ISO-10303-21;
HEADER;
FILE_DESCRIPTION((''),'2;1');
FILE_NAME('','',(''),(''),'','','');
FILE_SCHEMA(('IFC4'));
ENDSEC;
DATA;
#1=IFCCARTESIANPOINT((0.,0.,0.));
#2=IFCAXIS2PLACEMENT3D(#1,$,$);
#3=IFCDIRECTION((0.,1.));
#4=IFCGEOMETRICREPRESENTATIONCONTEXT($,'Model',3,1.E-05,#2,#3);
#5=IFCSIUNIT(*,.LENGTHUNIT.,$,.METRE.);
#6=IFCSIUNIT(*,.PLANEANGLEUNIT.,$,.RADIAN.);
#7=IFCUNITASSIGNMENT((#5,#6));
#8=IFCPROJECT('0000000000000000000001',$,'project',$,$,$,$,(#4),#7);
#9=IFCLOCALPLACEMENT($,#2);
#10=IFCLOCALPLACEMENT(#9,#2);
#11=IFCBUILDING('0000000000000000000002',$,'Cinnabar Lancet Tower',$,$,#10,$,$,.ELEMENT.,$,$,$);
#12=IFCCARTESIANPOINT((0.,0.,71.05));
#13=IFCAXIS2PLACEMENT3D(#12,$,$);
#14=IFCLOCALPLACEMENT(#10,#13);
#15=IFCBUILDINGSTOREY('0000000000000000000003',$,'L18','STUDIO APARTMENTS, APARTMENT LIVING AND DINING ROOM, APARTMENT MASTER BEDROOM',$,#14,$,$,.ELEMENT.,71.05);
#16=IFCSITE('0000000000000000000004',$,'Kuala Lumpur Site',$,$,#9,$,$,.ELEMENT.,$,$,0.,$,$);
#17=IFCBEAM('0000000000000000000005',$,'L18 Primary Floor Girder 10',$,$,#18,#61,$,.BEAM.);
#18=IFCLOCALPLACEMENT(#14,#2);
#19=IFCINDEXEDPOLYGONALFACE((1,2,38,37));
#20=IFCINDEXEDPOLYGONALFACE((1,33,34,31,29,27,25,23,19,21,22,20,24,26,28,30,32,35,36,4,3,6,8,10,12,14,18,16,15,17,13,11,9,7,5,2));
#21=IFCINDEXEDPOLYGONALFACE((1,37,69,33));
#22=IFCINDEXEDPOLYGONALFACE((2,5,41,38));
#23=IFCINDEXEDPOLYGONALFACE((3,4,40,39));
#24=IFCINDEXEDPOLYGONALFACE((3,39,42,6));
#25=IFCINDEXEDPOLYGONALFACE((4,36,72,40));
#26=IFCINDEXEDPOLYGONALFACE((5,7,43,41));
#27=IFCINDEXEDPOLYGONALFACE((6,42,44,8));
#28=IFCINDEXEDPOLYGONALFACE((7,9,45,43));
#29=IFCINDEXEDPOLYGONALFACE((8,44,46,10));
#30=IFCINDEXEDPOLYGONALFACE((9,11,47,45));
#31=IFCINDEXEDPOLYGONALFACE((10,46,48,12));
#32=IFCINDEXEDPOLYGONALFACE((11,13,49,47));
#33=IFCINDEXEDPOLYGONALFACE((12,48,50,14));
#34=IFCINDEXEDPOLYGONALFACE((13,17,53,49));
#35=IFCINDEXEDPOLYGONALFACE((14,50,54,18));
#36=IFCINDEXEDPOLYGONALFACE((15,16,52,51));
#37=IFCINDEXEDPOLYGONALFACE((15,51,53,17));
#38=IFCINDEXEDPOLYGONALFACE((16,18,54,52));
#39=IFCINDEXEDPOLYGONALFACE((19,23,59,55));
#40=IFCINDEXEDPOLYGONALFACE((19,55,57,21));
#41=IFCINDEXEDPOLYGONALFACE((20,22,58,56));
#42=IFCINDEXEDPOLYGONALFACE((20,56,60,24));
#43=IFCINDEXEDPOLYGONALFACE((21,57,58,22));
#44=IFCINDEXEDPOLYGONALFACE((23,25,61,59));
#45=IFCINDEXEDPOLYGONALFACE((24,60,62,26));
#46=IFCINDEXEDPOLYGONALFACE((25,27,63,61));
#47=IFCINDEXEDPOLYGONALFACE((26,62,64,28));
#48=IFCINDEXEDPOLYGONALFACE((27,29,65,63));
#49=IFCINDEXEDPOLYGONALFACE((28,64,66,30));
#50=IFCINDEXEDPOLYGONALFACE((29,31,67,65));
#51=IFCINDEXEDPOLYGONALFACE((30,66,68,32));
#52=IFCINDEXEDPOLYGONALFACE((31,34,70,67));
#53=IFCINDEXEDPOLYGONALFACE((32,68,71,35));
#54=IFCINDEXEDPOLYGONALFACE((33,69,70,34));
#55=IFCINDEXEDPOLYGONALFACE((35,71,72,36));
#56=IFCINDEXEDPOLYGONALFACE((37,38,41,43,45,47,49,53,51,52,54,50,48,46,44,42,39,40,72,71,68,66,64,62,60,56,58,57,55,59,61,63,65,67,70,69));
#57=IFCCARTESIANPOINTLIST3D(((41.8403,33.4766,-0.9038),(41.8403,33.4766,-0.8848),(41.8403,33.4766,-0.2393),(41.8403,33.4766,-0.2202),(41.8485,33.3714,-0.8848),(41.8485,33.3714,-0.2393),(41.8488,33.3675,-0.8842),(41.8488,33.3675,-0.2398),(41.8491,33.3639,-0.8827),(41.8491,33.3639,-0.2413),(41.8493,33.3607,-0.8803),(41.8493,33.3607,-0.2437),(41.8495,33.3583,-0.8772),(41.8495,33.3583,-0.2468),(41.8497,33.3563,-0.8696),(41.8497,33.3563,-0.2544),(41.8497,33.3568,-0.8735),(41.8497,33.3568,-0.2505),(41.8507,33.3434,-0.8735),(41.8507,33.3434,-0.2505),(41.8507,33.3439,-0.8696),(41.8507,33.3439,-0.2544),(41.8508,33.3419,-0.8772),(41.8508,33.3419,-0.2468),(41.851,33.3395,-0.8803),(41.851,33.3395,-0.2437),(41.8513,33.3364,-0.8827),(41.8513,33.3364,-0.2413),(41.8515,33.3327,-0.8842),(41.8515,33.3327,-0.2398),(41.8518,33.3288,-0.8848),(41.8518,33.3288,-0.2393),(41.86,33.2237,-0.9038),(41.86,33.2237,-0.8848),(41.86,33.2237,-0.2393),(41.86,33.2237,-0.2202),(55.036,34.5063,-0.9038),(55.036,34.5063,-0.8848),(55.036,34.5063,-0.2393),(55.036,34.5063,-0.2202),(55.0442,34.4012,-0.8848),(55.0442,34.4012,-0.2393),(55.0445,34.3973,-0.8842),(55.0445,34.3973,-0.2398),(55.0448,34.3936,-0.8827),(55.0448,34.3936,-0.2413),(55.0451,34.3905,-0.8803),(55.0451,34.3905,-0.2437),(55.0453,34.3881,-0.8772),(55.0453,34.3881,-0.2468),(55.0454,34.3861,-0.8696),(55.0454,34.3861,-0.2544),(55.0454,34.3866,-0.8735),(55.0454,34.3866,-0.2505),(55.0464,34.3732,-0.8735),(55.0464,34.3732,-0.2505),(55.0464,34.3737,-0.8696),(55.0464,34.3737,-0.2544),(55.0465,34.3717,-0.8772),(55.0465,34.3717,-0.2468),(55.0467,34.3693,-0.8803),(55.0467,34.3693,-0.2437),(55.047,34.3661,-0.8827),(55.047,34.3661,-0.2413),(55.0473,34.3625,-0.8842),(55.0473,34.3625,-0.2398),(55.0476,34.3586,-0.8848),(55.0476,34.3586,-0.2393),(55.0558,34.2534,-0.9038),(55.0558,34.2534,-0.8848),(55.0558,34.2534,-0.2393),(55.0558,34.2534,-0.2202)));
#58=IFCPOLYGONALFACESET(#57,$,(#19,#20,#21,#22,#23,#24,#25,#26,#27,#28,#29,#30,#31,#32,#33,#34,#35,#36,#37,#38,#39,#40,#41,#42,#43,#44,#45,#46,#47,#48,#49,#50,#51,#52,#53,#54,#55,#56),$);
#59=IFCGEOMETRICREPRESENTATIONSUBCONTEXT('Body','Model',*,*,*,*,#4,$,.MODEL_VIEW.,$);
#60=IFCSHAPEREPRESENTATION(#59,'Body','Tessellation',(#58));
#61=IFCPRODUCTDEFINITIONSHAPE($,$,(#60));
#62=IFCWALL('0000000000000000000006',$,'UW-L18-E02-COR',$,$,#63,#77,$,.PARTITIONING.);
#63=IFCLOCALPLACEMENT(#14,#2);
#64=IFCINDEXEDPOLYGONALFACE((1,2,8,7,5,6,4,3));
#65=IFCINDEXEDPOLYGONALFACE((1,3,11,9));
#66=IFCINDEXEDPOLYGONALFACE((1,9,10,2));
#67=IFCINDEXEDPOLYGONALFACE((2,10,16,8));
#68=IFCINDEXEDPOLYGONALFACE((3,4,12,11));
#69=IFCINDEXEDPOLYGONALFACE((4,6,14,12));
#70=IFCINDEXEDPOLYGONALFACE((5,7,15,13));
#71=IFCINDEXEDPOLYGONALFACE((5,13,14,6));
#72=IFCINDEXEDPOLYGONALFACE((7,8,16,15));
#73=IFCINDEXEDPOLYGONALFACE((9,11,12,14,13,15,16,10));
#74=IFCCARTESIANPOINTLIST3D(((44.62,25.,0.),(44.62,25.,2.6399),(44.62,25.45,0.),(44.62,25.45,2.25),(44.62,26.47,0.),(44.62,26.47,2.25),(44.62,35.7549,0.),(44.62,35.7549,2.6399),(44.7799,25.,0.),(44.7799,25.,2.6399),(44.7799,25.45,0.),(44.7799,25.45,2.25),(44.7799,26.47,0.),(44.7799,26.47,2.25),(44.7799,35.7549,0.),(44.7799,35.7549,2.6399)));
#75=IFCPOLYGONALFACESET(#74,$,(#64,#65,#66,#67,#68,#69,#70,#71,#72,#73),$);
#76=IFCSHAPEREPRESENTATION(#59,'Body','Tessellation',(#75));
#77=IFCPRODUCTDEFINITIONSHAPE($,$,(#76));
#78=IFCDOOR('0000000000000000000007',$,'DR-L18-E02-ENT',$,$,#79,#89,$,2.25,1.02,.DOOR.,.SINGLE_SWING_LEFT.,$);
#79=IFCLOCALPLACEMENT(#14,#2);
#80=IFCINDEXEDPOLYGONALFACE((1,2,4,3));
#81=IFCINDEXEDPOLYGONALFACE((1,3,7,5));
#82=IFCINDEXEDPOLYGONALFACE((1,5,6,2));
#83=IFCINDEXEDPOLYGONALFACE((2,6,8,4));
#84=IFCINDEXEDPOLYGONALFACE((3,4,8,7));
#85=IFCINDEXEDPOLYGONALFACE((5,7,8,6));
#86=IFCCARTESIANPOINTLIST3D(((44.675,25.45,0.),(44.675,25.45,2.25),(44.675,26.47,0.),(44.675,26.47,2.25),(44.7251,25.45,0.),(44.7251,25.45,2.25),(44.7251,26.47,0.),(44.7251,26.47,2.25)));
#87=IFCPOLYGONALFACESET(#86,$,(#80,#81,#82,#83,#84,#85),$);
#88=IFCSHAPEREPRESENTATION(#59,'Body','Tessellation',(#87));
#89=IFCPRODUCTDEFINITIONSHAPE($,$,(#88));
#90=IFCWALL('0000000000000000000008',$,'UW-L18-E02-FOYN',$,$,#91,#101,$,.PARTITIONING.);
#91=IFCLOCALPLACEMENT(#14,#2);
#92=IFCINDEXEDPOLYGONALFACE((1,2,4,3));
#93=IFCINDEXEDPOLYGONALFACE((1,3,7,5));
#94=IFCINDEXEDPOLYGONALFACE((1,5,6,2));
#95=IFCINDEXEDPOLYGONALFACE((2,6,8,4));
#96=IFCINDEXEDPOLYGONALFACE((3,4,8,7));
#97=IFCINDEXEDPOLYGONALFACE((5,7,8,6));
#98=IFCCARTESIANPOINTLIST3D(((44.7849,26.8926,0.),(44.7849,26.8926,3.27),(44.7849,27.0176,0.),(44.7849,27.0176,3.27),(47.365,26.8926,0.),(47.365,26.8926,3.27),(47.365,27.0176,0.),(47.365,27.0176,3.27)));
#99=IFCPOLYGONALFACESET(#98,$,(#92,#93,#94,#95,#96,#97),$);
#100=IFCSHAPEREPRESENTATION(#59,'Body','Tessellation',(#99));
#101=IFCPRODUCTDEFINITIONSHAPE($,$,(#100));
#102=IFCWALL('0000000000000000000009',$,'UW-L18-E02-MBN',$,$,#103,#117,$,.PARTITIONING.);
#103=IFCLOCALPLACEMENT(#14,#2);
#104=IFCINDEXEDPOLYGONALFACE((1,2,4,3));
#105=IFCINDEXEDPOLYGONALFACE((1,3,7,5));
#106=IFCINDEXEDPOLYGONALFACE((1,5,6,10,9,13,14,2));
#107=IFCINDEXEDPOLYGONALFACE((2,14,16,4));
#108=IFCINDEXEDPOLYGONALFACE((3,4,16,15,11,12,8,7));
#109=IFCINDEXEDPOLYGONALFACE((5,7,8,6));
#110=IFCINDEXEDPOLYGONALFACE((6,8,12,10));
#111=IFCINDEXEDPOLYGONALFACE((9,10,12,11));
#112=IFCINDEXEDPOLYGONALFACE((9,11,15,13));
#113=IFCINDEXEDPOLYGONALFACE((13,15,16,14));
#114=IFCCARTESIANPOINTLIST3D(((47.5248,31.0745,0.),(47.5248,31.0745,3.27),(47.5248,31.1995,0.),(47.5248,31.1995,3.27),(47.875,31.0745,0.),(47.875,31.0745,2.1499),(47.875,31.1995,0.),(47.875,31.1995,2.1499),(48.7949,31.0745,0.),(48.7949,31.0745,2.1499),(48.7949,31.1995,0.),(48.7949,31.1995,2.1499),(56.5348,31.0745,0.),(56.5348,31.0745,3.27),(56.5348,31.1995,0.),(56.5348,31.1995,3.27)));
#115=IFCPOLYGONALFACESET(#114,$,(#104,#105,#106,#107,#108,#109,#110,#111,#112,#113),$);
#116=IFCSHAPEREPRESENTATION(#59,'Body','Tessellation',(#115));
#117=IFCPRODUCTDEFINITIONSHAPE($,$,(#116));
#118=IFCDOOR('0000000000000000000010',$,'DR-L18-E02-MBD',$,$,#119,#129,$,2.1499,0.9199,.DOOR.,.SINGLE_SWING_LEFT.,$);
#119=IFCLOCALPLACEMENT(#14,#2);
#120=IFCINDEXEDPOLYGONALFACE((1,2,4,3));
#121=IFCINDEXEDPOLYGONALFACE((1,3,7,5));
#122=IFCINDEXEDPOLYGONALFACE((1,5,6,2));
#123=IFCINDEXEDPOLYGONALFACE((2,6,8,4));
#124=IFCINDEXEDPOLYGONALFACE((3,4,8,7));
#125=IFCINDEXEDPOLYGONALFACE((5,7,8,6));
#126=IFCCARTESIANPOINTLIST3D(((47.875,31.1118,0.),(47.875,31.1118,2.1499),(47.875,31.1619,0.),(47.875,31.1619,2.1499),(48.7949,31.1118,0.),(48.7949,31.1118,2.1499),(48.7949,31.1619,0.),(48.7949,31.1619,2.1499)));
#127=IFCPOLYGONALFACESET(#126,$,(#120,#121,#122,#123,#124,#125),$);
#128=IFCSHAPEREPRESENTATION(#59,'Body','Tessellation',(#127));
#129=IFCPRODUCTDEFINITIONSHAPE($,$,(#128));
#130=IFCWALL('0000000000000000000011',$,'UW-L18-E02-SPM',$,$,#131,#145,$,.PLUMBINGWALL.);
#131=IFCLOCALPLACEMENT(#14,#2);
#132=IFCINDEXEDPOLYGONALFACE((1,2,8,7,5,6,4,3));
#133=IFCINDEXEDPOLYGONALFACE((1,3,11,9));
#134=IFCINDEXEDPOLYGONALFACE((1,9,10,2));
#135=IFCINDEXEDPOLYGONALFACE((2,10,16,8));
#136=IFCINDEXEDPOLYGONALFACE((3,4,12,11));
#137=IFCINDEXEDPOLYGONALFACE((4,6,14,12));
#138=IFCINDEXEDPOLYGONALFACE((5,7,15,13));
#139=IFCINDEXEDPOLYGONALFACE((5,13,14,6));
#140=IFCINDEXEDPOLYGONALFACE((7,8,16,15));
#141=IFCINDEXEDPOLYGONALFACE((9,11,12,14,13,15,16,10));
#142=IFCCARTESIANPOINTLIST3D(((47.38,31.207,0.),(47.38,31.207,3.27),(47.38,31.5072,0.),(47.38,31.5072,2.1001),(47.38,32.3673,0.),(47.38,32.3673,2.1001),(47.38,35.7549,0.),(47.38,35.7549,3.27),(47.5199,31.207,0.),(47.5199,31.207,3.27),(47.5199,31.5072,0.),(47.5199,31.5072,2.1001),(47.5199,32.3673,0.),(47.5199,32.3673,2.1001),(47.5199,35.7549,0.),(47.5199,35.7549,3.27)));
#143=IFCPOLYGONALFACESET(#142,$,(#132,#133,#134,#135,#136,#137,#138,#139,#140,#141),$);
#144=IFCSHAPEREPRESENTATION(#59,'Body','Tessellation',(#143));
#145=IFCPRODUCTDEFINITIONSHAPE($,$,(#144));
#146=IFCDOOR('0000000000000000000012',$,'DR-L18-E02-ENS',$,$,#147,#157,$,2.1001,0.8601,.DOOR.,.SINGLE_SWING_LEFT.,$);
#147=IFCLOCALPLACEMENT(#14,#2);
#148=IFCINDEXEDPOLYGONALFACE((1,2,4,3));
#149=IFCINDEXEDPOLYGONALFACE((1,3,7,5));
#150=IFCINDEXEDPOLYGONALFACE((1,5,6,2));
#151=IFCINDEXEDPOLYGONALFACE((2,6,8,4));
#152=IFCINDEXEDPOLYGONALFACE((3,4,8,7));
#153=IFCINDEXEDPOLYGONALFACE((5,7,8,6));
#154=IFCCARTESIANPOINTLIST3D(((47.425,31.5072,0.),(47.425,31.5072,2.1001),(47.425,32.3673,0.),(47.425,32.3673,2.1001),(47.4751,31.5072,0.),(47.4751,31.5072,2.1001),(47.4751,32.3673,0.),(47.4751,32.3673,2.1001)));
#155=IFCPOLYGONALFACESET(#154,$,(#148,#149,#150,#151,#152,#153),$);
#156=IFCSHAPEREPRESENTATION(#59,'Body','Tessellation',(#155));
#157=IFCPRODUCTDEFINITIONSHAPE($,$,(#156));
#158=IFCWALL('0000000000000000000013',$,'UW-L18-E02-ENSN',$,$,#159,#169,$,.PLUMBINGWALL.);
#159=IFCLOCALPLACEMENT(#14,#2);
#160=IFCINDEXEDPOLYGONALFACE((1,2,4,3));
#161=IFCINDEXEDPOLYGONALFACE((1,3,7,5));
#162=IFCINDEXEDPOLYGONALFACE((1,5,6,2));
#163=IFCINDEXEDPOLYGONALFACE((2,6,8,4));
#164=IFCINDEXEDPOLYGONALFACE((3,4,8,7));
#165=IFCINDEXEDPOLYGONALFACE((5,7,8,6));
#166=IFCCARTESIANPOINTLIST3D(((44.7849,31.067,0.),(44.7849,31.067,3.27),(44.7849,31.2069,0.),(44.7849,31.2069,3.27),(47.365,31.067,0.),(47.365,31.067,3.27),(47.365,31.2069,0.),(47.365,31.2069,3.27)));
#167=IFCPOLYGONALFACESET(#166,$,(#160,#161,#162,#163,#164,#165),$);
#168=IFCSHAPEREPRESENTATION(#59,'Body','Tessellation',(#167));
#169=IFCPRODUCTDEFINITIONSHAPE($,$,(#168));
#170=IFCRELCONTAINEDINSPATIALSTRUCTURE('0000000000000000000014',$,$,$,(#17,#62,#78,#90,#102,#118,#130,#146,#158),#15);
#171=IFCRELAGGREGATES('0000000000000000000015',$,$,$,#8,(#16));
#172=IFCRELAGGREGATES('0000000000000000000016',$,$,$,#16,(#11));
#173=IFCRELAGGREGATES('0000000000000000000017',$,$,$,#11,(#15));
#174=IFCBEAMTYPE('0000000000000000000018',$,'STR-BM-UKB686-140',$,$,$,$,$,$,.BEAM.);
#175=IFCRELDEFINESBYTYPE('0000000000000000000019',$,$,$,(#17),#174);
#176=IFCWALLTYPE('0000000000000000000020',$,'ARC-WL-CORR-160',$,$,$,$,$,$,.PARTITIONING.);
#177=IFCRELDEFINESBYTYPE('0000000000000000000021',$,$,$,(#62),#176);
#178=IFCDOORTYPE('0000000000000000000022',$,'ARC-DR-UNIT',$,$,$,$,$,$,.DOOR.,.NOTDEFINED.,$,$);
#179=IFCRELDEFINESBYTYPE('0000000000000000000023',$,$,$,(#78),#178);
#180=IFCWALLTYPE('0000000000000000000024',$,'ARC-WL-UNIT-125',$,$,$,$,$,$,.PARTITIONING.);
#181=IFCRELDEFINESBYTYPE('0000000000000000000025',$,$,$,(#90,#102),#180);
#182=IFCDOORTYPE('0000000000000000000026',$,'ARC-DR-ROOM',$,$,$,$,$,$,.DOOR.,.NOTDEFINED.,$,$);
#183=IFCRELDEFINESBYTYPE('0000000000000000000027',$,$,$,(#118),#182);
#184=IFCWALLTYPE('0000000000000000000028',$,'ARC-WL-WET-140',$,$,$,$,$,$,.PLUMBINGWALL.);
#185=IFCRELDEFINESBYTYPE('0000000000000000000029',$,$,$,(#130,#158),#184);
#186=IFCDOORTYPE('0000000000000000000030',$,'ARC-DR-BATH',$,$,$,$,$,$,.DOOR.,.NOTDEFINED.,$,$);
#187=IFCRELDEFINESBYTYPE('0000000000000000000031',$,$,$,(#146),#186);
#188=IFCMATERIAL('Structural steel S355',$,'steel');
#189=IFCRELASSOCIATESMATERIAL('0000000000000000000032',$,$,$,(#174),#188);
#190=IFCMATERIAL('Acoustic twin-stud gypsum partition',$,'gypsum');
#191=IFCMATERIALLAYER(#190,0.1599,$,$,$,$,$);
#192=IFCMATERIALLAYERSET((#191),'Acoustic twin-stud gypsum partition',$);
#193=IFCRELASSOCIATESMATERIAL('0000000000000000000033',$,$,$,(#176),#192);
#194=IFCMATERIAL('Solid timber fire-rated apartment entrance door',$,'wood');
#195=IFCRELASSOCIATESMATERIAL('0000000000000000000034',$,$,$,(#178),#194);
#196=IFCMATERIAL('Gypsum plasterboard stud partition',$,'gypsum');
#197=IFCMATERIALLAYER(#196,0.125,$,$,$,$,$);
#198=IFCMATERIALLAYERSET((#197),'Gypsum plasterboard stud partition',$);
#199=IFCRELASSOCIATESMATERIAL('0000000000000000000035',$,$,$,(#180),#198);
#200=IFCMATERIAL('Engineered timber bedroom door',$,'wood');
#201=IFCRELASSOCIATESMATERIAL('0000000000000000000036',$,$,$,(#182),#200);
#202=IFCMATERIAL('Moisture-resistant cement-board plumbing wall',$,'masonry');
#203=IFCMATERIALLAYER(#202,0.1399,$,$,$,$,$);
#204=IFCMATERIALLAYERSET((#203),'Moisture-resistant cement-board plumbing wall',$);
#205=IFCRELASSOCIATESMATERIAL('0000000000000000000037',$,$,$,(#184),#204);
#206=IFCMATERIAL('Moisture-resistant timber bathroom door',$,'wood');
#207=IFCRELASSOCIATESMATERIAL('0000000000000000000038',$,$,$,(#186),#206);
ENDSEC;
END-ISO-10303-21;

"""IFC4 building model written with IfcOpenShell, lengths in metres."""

from ifc_helpers import new_model, si_unit, direction, frame, frame_2d, origin, origin_2d, place, context, subcontext, project, spatial, rectangle, i_section, extrude, material, layer, layer_set, material_profile, profile_set, type_object, element, fill, save


model = new_model("IFC4")

# Units and contexts
model_context = context("Model", 3, precision=1e-05, world=origin(), true_north=direction((0.0, 1.0)))
body_context = subcontext(model_context, "Body", "Model", "MODEL_VIEW")
ifc_project = project(units=[si_unit("LENGTHUNIT", "METRE"), si_unit("PLANEANGLEUNIT", "RADIAN")], contexts=[model_context])

# Site, building, storey
site_placement = place(None, origin())
site = spatial("IfcSite", under=ifc_project, at=site_placement, Name="Kuala Lumpur Site", CompositionType="ELEMENT", RefElevation=0.0)
building_placement = place(site_placement, origin())
building = spatial("IfcBuilding", under=site, at=building_placement, Name="Cinnabar Lancet Tower", CompositionType="ELEMENT")
storey_placement = place(building_placement, frame((0.0, 0.0, 71.05)))
storey = spatial("IfcBuildingStorey", under=building, at=storey_placement, Name="L18", Description="STUDIO APARTMENTS, APARTMENT LIVING AND DINING ROOM, APARTMENT MASTER BEDROOM", CompositionType="ELEMENT", Elevation=71.05)

# Beam
ifc_material_1 = material(Name="Structural steel S355", Category="steel")
ifc_material_profile_1 = material_profile(ifc_material_1, i_section(OverallWidth=0.2537, OverallDepth=0.6836, WebThickness=0.0125, FlangeThickness=0.019, FilletRadius=0.0151, at=origin_2d()), Name="UKB 686x254x140")
ifc_profile_set_1 = profile_set([ifc_material_profile_1], Name="Structural steel S355")
beam_type_1 = type_object("IfcBeamType", Name="STR-BM-UKB686-140", PredefinedType="BEAM", material=ifc_profile_set_1)
beam_1_placement = place(storey_placement, frame((55.0459, 34.3799, -0.562), z_axis=(-0.996969, -0.077802, 0.0), x_axis=(0.077802, -0.996969, 0.0)))
element("IfcBeam", 1, at=beam_1_placement, inside=storey, type_object=beam_type_1, Name="L18 Primary Floor Girder 10", PredefinedType="BEAM", context=body_context, shape_type="SweptSolid", body=[
    extrude(i_section(OverallWidth=0.2537, OverallDepth=0.6836, WebThickness=0.0125, FlangeThickness=0.019, FilletRadius=0.0151, at=origin_2d()), origin(), (0.0, 0.0, 1.0), 13.2358),
])

# Wall, opening, door
ifc_material_2 = material(Name="Acoustic twin-stud gypsum partition", Category="gypsum")
ifc_layer_1 = layer(ifc_material_2, 0.1599)
ifc_layer_set_1 = layer_set([ifc_layer_1], Name="Acoustic twin-stud gypsum partition")
wall_type_1 = type_object("IfcWallType", Name="ARC-WL-CORR-160", PredefinedType="PARTITIONING", material=ifc_layer_set_1)
wall_1_placement = place(storey_placement, frame((44.7, 25.0, 0.0), z_axis=(0.0, 0.0, 1.0), x_axis=(0.0, 1.0, 0.0)))
wall_1 = element("IfcWall", 2, at=wall_1_placement, inside=storey, type_object=wall_type_1, Name="UW-L18-E02-COR", PredefinedType="PARTITIONING", context=body_context, shape_type="SweptSolid", body=[
    extrude(rectangle(XDim=10.7549, YDim=0.1599, at=frame_2d((5.3774, 0.0))), origin(), (0.0, 0.0, 1.0), 2.6399),
])
opening_1_placement = place(wall_1_placement, frame((0.45, 0.0, 0.0)))
opening_1 = element("IfcOpeningElement", 3, at=opening_1_placement, cuts=wall_1, PredefinedType="OPENING", context=body_context, shape_type="SweptSolid", body=[
    extrude(rectangle(XDim=1.02, YDim=2.25, at=frame_2d((0.51, 1.125))), frame((0.0, 0.0898, 0.0), z_axis=(0.0, -1.0, 0.0), x_axis=(1.0, 0.0, 0.0)), (0.0, 0.0, 1.0), 0.1799),
])
ifc_material_3 = material(Name="Solid timber fire-rated apartment entrance door", Category="wood")
door_type_1 = type_object("IfcDoorType", Name="ARC-DR-UNIT", OperationType="NOTDEFINED", PredefinedType="DOOR", material=ifc_material_3)
door_1_placement = place(opening_1_placement, origin())
door_1 = element("IfcDoor", 4, at=door_1_placement, inside=storey, type_object=door_type_1, Name="DR-L18-E02-ENT", OperationType="SINGLE_SWING_LEFT", OverallHeight=2.25, OverallWidth=1.02, PredefinedType="DOOR", context=body_context, shape_type="SweptSolid", body=[
    extrude(rectangle(XDim=1.02, YDim=2.25, at=frame_2d((0.51, 1.125))), frame((0.0, 0.0249, 0.0), z_axis=(0.0, -1.0, 0.0), x_axis=(1.0, 0.0, 0.0)), (0.0, 0.0, 1.0), 0.05),
])
fill(opening_1, door_1)

# Wall
ifc_material_4 = material(Name="Gypsum plasterboard stud partition", Category="gypsum")
ifc_layer_2 = layer(ifc_material_4, 0.125)
ifc_layer_set_2 = layer_set([ifc_layer_2], Name="Gypsum plasterboard stud partition")
wall_type_2 = type_object("IfcWallType", Name="ARC-WL-UNIT-125", PredefinedType="PARTITIONING", material=ifc_layer_set_2)
wall_2_placement = place(storey_placement, frame((44.7849, 26.9551, 0.0), z_axis=(0.0, 0.0, 1.0), x_axis=(1.0, 0.0, 0.0)))
element("IfcWall", 5, at=wall_2_placement, inside=storey, type_object=wall_type_2, Name="UW-L18-E02-FOYN", PredefinedType="PARTITIONING", context=body_context, shape_type="SweptSolid", body=[
    extrude(rectangle(XDim=2.5801, YDim=0.125, at=frame_2d((1.29, 0.0))), origin(), (0.0, 0.0, 1.0), 3.27),
])

# Wall, opening, door
wall_3_placement = place(storey_placement, frame((47.5249, 31.137, 0.0), z_axis=(0.0, 0.0, 1.0), x_axis=(1.0, 0.0, 0.0)))
wall_3 = element("IfcWall", 6, at=wall_3_placement, inside=storey, type_object=wall_type_2, Name="UW-L18-E02-MBN", PredefinedType="PARTITIONING", context=body_context, shape_type="SweptSolid", body=[
    extrude(rectangle(XDim=9.01, YDim=0.125, at=frame_2d((4.5049, 0.0))), origin(), (0.0, 0.0, 1.0), 3.27),
])
opening_2_placement = place(wall_3_placement, frame((0.3501, 0.0, 0.0)))
opening_2 = element("IfcOpeningElement", 7, at=opening_2_placement, cuts=wall_3, PredefinedType="OPENING", context=body_context, shape_type="SweptSolid", body=[
    extrude(rectangle(XDim=0.9199, YDim=2.1499, at=frame_2d((0.46, 1.075))), frame((0.0, 0.0725, 0.0), z_axis=(0.0, -1.0, 0.0), x_axis=(1.0, 0.0, 0.0)), (0.0, 0.0, 1.0), 0.145),
])
ifc_material_5 = material(Name="Engineered timber bedroom door", Category="wood")
door_type_2 = type_object("IfcDoorType", Name="ARC-DR-ROOM", OperationType="NOTDEFINED", PredefinedType="DOOR", material=ifc_material_5)
door_2_placement = place(opening_2_placement, origin())
door_2 = element("IfcDoor", 8, at=door_2_placement, inside=storey, type_object=door_type_2, Name="DR-L18-E02-MBD", OperationType="SINGLE_SWING_LEFT", OverallHeight=2.1499, OverallWidth=0.9199, PredefinedType="DOOR", context=body_context, shape_type="SweptSolid", body=[
    extrude(rectangle(XDim=0.9199, YDim=2.1499, at=frame_2d((0.46, 1.075))), frame((0.0, 0.0249, 0.0), z_axis=(0.0, -1.0, 0.0), x_axis=(1.0, 0.0, 0.0)), (0.0, 0.0, 1.0), 0.05),
])
fill(opening_2, door_2)

# Shared definitions
ifc_material_6 = material(Name="Moisture-resistant cement-board plumbing wall", Category="masonry")
ifc_layer_3 = layer(ifc_material_6, 0.1399)
ifc_layer_set_3 = layer_set([ifc_layer_3], Name="Moisture-resistant cement-board plumbing wall")
wall_type_3 = type_object("IfcWallType", Name="ARC-WL-WET-140", PredefinedType="PLUMBINGWALL", material=ifc_layer_set_3)
ifc_material_7 = material(Name="Moisture-resistant timber bathroom door", Category="wood")
door_type_3 = type_object("IfcDoorType", Name="ARC-DR-BATH", OperationType="NOTDEFINED", PredefinedType="DOOR", material=ifc_material_7)

# Wall, opening, door
wall_4_placement = place(storey_placement, frame((47.45, 31.207, 0.0), z_axis=(0.0, 0.0, 1.0), x_axis=(0.0, 1.0, 0.0)))
wall_4 = element("IfcWall", 9, at=wall_4_placement, inside=storey, type_object=wall_type_3, Name="UW-L18-E02-SPM", PredefinedType="PLUMBINGWALL", context=body_context, shape_type="SweptSolid", body=[
    extrude(rectangle(XDim=4.5479, YDim=0.1399, at=frame_2d((2.2739, 0.0))), origin(), (0.0, 0.0, 1.0), 3.27),
])
opening_3_placement = place(wall_4_placement, frame((0.3, 0.0, 0.0)))
opening_3 = element("IfcOpeningElement", 10, at=opening_3_placement, cuts=wall_4, PredefinedType="OPENING", context=body_context, shape_type="SweptSolid", body=[
    extrude(rectangle(XDim=0.8601, YDim=2.1001, at=frame_2d((0.4302, 1.05))), frame((0.0, 0.0798, 0.0), z_axis=(0.0, -1.0, 0.0), x_axis=(1.0, 0.0, 0.0)), (0.0, 0.0, 1.0), 0.1599),
])
door_3_placement = place(opening_3_placement, origin())
door_3 = element("IfcDoor", 11, at=door_3_placement, inside=storey, type_object=door_type_3, Name="DR-L18-E02-ENS", OperationType="SINGLE_SWING_LEFT", OverallHeight=2.1001, OverallWidth=0.8601, PredefinedType="DOOR", context=body_context, shape_type="SweptSolid", body=[
    extrude(rectangle(XDim=0.8601, YDim=2.1001, at=frame_2d((0.4302, 1.05))), frame((0.0, 0.0249, 0.0), z_axis=(0.0, -1.0, 0.0), x_axis=(1.0, 0.0, 0.0)), (0.0, 0.0, 1.0), 0.05),
])
fill(opening_3, door_3)

# Wall
for number, where, z_axis, x_axis, name in (
    (12, (44.7849, 31.137, 0.0), (0.0, 0.0, 1.0), (1.0, 0.0, 0.0), "UW-L18-E02-ENSN"),
):
    element("IfcWall", number, at=place(storey_placement, frame(where, z_axis=z_axis, x_axis=x_axis)), inside=storey, type_object=wall_type_3, Name=name, PredefinedType="PLUMBINGWALL", context=body_context, shape_type="SweptSolid", body=[
        extrude(rectangle(XDim=2.5801, YDim=0.1399, at=frame_2d((1.29, 0.0))), origin(), (0.0, 0.0, 1.0), 3.27),
    ])

save(model, "model.ifc")
